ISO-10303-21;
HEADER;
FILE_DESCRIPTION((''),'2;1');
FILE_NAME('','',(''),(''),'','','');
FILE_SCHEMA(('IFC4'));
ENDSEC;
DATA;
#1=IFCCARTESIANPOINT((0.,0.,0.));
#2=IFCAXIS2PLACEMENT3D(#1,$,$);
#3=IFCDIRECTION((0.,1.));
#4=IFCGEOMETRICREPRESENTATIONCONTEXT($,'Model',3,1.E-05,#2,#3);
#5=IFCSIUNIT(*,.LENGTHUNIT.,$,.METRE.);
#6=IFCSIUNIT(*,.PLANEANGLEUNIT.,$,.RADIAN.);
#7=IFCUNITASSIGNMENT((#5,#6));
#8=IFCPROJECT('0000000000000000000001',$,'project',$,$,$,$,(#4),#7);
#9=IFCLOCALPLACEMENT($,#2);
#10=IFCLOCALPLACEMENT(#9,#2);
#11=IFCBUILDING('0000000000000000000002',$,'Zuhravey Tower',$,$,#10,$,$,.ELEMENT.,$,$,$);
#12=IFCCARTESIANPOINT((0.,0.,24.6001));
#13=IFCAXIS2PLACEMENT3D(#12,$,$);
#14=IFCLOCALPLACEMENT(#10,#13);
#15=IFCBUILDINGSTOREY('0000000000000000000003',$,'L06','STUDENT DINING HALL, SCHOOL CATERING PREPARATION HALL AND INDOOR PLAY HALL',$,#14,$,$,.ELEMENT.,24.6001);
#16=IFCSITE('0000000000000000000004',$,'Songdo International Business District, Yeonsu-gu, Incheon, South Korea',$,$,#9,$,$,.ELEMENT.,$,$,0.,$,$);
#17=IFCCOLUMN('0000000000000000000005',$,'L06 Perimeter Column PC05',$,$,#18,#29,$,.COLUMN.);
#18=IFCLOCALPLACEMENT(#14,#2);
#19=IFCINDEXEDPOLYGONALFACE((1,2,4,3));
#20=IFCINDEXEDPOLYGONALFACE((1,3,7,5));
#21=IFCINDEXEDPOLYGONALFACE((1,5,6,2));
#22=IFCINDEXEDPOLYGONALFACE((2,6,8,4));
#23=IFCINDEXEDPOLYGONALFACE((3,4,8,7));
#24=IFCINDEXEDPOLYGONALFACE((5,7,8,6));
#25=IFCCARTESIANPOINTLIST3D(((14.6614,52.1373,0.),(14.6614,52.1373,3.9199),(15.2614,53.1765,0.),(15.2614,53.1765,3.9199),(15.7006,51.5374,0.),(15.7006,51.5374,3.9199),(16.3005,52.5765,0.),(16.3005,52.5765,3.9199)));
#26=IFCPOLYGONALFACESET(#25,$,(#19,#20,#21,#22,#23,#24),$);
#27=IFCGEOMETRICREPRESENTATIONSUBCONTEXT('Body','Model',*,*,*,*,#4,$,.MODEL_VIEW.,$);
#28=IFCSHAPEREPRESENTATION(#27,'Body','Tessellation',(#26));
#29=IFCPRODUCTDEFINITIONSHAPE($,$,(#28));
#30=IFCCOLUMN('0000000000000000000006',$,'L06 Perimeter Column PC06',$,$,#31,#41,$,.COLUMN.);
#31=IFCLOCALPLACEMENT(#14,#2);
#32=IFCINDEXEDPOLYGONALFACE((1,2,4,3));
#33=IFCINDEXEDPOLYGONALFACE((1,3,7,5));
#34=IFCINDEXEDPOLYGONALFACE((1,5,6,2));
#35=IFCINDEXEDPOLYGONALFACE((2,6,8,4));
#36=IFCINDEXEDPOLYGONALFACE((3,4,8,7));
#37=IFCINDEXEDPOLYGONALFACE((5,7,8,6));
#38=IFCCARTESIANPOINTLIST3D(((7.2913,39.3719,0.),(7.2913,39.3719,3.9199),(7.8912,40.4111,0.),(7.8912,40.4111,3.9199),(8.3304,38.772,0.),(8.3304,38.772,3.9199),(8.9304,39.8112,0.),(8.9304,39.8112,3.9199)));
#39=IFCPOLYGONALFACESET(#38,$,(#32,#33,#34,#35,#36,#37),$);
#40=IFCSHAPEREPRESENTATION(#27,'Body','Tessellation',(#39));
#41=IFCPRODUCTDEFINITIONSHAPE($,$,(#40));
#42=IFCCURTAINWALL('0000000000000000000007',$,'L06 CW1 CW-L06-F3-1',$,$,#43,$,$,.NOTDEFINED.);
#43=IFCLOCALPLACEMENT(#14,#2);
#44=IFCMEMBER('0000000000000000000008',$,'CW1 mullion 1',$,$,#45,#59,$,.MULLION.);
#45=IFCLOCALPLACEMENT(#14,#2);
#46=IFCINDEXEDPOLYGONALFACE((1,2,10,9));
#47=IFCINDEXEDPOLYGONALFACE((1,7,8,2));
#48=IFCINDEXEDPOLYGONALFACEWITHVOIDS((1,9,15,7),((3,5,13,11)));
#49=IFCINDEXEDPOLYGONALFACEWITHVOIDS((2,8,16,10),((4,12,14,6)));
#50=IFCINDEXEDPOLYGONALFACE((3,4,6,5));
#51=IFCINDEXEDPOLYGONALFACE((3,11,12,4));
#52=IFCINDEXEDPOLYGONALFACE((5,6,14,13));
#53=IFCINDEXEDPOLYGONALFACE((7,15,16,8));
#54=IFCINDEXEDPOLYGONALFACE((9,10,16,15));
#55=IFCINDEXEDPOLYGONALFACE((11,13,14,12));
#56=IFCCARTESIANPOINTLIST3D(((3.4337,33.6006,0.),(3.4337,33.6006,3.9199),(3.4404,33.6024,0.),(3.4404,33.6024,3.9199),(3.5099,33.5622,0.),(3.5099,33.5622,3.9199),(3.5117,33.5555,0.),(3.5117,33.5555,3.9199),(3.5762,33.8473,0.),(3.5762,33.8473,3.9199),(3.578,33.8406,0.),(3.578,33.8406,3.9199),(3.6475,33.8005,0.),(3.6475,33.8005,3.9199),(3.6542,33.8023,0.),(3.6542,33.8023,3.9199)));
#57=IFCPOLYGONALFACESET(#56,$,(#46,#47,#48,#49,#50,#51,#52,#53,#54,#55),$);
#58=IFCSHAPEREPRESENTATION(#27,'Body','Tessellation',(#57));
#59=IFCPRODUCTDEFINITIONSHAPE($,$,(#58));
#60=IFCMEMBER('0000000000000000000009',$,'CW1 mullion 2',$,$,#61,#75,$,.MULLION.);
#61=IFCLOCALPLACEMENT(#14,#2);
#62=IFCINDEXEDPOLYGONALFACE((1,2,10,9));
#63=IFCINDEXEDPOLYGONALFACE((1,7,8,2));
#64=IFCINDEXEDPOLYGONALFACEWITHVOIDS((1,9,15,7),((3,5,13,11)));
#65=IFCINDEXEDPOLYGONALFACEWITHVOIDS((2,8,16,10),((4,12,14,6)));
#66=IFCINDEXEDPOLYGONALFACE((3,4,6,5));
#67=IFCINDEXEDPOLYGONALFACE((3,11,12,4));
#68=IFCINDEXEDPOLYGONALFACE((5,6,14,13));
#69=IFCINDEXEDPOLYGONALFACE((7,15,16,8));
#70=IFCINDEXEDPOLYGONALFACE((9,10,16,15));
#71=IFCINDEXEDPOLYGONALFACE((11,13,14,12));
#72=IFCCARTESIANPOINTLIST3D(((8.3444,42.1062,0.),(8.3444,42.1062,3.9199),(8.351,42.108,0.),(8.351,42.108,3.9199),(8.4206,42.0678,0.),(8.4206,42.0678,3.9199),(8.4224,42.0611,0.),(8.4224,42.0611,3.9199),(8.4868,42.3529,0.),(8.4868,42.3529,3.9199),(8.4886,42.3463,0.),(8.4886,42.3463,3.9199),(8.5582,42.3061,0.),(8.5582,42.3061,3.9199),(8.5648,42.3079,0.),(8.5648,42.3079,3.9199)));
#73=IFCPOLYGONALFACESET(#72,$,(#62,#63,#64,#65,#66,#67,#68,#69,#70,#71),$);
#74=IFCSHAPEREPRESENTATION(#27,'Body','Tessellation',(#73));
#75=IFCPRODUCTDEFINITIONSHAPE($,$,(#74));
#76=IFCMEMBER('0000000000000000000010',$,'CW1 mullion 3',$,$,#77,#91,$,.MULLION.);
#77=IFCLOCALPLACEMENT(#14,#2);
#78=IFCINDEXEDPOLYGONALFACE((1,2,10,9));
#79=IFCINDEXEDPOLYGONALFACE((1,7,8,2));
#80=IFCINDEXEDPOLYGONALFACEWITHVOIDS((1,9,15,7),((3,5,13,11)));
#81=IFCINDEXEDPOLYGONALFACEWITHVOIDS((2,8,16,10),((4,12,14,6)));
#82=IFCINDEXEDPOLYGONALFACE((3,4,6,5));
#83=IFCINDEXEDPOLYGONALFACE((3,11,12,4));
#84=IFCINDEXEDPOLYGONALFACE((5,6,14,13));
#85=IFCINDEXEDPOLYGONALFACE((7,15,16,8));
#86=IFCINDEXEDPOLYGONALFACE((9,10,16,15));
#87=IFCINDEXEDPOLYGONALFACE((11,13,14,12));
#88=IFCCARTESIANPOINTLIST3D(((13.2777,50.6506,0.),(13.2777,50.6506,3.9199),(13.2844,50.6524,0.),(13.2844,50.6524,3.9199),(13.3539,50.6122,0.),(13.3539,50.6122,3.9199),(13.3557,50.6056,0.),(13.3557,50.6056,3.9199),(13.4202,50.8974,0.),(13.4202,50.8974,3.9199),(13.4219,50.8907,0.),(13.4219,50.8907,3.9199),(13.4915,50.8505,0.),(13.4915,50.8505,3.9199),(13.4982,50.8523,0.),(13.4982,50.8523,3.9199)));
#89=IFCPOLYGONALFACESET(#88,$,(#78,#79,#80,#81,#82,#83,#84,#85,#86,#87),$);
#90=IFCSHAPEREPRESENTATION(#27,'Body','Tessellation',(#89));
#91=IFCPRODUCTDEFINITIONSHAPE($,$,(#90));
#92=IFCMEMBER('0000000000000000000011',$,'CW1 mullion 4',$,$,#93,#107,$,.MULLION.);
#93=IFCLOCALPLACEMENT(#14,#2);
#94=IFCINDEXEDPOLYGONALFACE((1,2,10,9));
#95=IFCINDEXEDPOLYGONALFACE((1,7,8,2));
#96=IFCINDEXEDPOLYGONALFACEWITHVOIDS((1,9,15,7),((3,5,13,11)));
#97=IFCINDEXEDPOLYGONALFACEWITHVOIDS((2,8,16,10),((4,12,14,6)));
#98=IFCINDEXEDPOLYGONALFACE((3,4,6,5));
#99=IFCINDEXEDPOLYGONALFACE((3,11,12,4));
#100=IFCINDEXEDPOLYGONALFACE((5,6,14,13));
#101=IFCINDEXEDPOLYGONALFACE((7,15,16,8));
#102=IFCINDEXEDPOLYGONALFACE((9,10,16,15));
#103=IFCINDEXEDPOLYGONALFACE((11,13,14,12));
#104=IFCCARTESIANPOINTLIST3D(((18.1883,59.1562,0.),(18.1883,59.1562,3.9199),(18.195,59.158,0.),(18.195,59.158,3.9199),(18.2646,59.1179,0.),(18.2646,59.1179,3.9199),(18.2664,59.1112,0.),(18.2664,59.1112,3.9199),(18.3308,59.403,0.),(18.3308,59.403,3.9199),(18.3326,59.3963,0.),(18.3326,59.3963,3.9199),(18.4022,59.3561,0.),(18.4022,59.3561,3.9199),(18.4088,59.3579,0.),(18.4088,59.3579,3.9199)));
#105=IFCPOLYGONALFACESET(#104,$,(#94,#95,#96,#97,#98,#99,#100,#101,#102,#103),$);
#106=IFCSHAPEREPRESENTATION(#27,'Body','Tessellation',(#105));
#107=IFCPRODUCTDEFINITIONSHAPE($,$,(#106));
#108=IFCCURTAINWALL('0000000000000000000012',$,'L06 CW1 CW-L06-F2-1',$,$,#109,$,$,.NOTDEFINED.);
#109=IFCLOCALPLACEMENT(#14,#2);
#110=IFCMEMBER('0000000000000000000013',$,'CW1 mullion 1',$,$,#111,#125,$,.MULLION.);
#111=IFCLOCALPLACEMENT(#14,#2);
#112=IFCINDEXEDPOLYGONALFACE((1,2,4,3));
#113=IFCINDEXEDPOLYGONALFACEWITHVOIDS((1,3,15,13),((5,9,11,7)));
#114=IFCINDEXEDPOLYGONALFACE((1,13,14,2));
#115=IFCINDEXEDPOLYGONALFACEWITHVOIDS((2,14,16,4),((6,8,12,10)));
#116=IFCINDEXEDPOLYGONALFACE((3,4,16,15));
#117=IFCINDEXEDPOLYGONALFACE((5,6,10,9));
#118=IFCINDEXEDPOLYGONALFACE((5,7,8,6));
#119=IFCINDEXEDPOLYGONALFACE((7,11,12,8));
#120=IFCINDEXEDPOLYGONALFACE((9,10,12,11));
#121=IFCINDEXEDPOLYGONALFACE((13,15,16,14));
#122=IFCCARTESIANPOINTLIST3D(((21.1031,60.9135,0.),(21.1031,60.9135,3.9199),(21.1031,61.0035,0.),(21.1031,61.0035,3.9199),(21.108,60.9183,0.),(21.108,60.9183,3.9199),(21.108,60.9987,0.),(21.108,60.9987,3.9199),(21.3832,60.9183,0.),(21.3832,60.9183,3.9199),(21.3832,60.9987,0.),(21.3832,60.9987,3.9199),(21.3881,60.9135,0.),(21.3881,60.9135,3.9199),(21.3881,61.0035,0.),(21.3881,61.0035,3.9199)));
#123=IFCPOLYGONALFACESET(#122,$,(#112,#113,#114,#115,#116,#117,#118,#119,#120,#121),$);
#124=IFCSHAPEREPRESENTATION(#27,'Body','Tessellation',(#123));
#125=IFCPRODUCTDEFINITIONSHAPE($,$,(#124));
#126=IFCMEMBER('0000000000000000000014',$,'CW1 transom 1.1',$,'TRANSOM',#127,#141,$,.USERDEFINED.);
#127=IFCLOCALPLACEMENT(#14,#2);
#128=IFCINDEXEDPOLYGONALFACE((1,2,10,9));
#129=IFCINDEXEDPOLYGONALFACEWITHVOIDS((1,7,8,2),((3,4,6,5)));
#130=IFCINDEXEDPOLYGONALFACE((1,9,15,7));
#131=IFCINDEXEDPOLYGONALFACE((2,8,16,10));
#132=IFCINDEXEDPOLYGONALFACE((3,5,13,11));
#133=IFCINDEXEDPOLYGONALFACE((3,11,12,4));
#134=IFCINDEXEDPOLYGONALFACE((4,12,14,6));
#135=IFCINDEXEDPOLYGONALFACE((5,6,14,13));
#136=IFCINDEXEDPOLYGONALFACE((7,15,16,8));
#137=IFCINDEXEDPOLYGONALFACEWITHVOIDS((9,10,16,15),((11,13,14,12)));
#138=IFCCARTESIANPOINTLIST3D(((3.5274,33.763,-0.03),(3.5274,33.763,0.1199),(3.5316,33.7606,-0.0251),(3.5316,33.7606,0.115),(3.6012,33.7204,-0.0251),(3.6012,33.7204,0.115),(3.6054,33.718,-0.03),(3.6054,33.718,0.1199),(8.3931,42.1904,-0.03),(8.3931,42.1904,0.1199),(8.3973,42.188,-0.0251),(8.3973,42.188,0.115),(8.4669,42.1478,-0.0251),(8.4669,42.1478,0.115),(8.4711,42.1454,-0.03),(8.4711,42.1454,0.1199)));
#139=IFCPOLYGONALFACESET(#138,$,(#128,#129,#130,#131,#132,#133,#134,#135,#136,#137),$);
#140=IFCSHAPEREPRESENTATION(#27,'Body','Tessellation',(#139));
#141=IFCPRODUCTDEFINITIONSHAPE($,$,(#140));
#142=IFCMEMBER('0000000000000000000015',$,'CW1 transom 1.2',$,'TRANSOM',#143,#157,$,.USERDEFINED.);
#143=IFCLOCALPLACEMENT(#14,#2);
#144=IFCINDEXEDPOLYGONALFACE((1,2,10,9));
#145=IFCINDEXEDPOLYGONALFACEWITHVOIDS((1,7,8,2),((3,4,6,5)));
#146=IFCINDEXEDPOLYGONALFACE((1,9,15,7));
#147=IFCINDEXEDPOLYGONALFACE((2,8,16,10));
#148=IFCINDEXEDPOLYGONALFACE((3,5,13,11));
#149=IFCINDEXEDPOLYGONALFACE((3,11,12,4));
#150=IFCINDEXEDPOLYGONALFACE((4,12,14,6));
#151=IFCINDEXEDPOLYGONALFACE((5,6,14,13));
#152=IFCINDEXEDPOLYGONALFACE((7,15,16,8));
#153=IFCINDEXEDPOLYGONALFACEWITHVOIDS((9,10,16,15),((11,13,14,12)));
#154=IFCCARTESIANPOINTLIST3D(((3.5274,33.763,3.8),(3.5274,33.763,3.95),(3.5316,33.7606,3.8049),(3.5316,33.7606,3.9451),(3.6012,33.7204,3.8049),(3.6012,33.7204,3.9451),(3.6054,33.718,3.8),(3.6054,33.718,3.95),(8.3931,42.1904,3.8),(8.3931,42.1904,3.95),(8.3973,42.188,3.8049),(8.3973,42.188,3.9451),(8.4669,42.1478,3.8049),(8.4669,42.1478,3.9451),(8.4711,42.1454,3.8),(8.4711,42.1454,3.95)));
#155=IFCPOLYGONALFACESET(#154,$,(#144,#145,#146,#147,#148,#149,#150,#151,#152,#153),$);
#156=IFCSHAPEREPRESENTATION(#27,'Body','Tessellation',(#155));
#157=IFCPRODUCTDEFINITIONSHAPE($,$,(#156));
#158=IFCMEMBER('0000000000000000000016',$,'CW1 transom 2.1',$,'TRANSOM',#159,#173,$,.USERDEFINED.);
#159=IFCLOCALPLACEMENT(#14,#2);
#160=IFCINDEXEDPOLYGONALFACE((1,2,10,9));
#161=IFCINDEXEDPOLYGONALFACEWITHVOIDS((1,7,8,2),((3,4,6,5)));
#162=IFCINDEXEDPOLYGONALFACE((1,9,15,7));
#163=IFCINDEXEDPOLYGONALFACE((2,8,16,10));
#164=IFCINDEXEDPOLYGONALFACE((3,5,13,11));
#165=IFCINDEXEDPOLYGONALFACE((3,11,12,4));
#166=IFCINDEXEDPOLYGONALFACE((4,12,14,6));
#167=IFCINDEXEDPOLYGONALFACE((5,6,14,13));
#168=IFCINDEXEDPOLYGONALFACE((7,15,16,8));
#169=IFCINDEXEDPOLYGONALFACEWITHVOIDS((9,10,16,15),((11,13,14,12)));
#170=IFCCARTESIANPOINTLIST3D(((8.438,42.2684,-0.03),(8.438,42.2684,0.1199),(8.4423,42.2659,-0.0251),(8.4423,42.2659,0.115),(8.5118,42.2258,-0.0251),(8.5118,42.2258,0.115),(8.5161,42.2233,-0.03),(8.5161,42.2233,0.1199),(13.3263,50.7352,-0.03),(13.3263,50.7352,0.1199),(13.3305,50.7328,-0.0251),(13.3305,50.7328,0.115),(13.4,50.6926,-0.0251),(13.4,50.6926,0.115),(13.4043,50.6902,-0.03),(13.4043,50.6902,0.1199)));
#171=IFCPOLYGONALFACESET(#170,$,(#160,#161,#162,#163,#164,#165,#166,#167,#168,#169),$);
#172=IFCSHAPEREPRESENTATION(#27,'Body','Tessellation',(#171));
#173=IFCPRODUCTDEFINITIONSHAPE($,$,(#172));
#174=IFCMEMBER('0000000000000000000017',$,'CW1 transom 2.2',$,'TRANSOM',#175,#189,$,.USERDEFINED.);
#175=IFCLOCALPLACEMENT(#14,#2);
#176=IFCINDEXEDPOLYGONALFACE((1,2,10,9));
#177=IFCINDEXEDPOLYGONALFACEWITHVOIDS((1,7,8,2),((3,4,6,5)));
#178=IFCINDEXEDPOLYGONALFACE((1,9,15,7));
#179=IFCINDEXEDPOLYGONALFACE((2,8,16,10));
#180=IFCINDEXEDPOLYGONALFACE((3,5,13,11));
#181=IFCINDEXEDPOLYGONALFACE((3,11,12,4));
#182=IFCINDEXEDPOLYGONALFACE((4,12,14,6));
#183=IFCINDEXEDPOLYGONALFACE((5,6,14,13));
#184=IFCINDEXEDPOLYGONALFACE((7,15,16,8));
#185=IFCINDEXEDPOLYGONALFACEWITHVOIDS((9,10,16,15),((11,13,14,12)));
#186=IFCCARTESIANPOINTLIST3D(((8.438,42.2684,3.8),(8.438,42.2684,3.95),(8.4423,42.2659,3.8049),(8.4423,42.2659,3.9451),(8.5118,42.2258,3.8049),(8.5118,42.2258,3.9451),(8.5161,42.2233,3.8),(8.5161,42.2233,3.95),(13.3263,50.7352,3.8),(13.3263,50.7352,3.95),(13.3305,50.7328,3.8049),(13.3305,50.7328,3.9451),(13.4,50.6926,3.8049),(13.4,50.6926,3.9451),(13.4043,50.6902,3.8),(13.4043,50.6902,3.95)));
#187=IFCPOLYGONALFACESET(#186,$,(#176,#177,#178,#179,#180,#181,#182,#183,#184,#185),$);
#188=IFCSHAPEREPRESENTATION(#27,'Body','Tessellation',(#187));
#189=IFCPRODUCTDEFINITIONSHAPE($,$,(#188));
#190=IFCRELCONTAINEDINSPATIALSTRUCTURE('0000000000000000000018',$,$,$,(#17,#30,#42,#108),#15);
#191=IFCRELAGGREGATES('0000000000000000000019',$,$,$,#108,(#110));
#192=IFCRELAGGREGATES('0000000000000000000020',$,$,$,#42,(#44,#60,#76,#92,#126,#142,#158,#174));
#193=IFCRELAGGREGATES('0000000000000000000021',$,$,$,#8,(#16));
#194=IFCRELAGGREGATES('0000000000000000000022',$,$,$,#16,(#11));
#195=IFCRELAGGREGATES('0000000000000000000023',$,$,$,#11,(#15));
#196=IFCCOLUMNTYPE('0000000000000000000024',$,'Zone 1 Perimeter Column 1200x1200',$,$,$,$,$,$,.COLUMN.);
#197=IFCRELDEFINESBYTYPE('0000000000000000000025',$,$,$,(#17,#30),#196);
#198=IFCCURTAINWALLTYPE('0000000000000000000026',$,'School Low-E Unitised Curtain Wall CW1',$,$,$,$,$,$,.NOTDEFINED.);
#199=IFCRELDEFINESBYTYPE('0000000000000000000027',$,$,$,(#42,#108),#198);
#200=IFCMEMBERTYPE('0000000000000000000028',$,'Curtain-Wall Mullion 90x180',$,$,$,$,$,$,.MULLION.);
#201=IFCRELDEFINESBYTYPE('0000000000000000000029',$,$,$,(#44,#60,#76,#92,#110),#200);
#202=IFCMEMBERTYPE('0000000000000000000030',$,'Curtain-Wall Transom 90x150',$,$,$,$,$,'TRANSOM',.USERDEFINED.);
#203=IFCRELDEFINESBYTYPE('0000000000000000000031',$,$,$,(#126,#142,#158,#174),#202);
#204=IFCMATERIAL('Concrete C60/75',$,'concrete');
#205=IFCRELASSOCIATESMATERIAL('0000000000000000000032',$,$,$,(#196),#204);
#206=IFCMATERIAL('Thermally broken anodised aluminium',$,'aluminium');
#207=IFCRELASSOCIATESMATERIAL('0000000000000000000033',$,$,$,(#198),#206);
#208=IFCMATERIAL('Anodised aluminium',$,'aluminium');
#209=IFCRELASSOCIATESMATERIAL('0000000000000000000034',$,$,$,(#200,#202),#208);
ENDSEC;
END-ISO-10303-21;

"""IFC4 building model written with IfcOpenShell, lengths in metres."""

from ifc_helpers import new_model, si_unit, direction, frame, origin, origin_2d, place, context, subcontext, project, spatial, rectangle, hollow_rectangle, extrude, material, material_profile, profile_set, type_object, element, aggregate, save


model = new_model("IFC4")

# Units and contexts
model_context = context("Model", 3, precision=1e-05, world=origin(), true_north=direction((0.0, 1.0)))
body_context = subcontext(model_context, "Body", "Model", "MODEL_VIEW")
ifc_project = project(units=[si_unit("LENGTHUNIT", "METRE"), si_unit("PLANEANGLEUNIT", "RADIAN")], contexts=[model_context])

# Site, building, storey
site_placement = place(None, origin())
site = spatial("IfcSite", under=ifc_project, at=site_placement, Name="Songdo International Business District, Yeonsu-gu, Incheon, South Korea", CompositionType="ELEMENT", RefElevation=0.0)
building_placement = place(site_placement, origin())
building = spatial("IfcBuilding", under=site, at=building_placement, Name="Zuhravey Tower", CompositionType="ELEMENT")
storey_placement = place(building_placement, frame((0.0, 0.0, 24.6001)))
storey = spatial("IfcBuildingStorey", under=building, at=storey_placement, Name="L06", Description="STUDENT DINING HALL, SCHOOL CATERING PREPARATION HALL AND INDOOR PLAY HALL", CompositionType="ELEMENT", Elevation=24.6001)

# Columns
ifc_material_1 = material(Name="Concrete C60/75", Category="concrete")
ifc_material_profile_1 = material_profile(ifc_material_1, rectangle(XDim=1.2, YDim=1.2, at=origin_2d()), Name="RC-1200x1200")
ifc_profile_set_1 = profile_set([ifc_material_profile_1], Name="Concrete C60/75")
column_type = type_object("IfcColumnType", Name="Zone 1 Perimeter Column 1200x1200", PredefinedType="COLUMN", material=ifc_profile_set_1)
for number, where, z_axis, x_axis, name in (
    (1, (15.481, 52.3569, 0.0), (0.0, 0.0, 1.0), (-0.5, -0.866025, 0.0), "L06 Perimeter Column PC05"),
    (2, (8.1108, 39.5916, 0.0), (0.0, 0.0, 1.0), (-0.5, -0.866025, 0.0), "L06 Perimeter Column PC06"),
):
    element("IfcColumn", number, at=place(storey_placement, frame(where, z_axis=z_axis, x_axis=x_axis)), inside=storey, type_object=column_type, Name=name, PredefinedType="COLUMN", context=body_context, shape_type="SweptSolid", body=[
        extrude(rectangle(XDim=1.2, YDim=1.2, at=origin_2d()), origin(), (0.0, 0.0, 1.0), 3.9199),
    ])

# Curtain wall, members
ifc_material_2 = material(Name="Thermally broken anodised aluminium", Category="aluminium")
curtain_wall_type = type_object("IfcCurtainWallType", Name="School Low-E Unitised Curtain Wall CW1", PredefinedType="NOTDEFINED", material=ifc_material_2)
curtain_wall_1_placement = place(storey_placement, origin())
curtain_wall_1 = element("IfcCurtainWall", 3, at=curtain_wall_1_placement, inside=storey, type_object=curtain_wall_type, Name="L06 CW1 CW-L06-F3-1", PredefinedType="NOTDEFINED")
ifc_material_3 = material(Name="Anodised aluminium", Category="aluminium")
ifc_material_profile_2 = material_profile(ifc_material_3, hollow_rectangle(XDim=0.0901, YDim=0.2849, WallThickness=0.0049, at=origin_2d()), Name="ALU-RHS-90x285x5")
ifc_profile_set_2 = profile_set([ifc_material_profile_2], Name="Anodised aluminium")
member_type_1 = type_object("IfcMemberType", Name="Curtain-Wall Mullion 90x180", PredefinedType="MULLION", material=ifc_profile_set_2)
member_1_placement = place(storey_placement, frame((3.5439, 33.7014, 0.0), z_axis=(0.0, 0.0, 1.0), x_axis=(-0.866026, 0.5, 0.0)))
member_1 = element("IfcMember", 4, at=member_1_placement, type_object=member_type_1, Name="CW1 mullion 1", PredefinedType="MULLION", context=body_context, shape_type="SweptSolid", body=[
    extrude(hollow_rectangle(XDim=0.0901, YDim=0.2849, WallThickness=0.0049, at=origin_2d()), origin(), (0.0, 0.0, 1.0), 3.9199),
])
member_2_placement = place(storey_placement, frame((8.4546, 42.207, 0.0), z_axis=(0.0, 0.0, 1.0), x_axis=(-0.866026, 0.5, 0.0)))
member_2 = element("IfcMember", 5, at=member_2_placement, type_object=member_type_1, Name="CW1 mullion 2", PredefinedType="MULLION", context=body_context, shape_type="SweptSolid", body=[
    extrude(hollow_rectangle(XDim=0.0901, YDim=0.2849, WallThickness=0.0049, at=origin_2d()), origin(), (0.0, 0.0, 1.0), 3.9199),
])
member_3_placement = place(storey_placement, frame((13.3879, 50.7515, 0.0), z_axis=(0.0, 0.0, 1.0), x_axis=(-0.866026, 0.5, 0.0)))
member_3 = element("IfcMember", 6, at=member_3_placement, type_object=member_type_1, Name="CW1 mullion 3", PredefinedType="MULLION", context=body_context, shape_type="SweptSolid", body=[
    extrude(hollow_rectangle(XDim=0.0901, YDim=0.2849, WallThickness=0.0049, at=origin_2d()), origin(), (0.0, 0.0, 1.0), 3.9199),
])
member_4_placement = place(storey_placement, frame((18.2986, 59.2571, 0.0), z_axis=(0.0, 0.0, 1.0), x_axis=(-0.866026, 0.5, 0.0)))
member_4 = element("IfcMember", 7, at=member_4_placement, type_object=member_type_1, Name="CW1 mullion 4", PredefinedType="MULLION", context=body_context, shape_type="SweptSolid", body=[
    extrude(hollow_rectangle(XDim=0.0901, YDim=0.2849, WallThickness=0.0049, at=origin_2d()), origin(), (0.0, 0.0, 1.0), 3.9199),
])

# Curtain wall, member
curtain_wall_2_placement = place(storey_placement, origin())
curtain_wall_2 = element("IfcCurtainWall", 8, at=curtain_wall_2_placement, inside=storey, type_object=curtain_wall_type, Name="L06 CW1 CW-L06-F2-1", PredefinedType="NOTDEFINED")
member_5_placement = place(storey_placement, frame((21.2456, 60.9585, 0.0), z_axis=(0.0, 0.0, 1.0), x_axis=(0.0, 1.0, 0.0)))
member_5 = element("IfcMember", 9, at=member_5_placement, type_object=member_type_1, Name="CW1 mullion 1", PredefinedType="MULLION", context=body_context, shape_type="SweptSolid", body=[
    extrude(hollow_rectangle(XDim=0.0901, YDim=0.2849, WallThickness=0.0049, at=origin_2d()), origin(), (0.0, 0.0, 1.0), 3.9199),
])

# Members
ifc_material_profile_3 = material_profile(ifc_material_3, hollow_rectangle(XDim=0.0901, YDim=0.1499, WallThickness=0.0049, at=origin_2d()), Name="ALU-RHS-90x150x5")
ifc_profile_set_3 = profile_set([ifc_material_profile_3], Name="Anodised aluminium")
member_type_2 = type_object("IfcMemberType", Name="Curtain-Wall Transom 90x150", ElementType="TRANSOM", PredefinedType="USERDEFINED", material=ifc_profile_set_3)
member_6_placement = place(storey_placement, frame((3.5664, 33.7405, 0.0449), z_axis=(0.500008, 0.866021, 0.0), x_axis=(-0.866021, 0.500008, 0.0)))
member_6 = element("IfcMember", 10, at=member_6_placement, type_object=member_type_2, Name="CW1 transom 1.1", ObjectType="TRANSOM", PredefinedType="USERDEFINED", context=body_context, shape_type="SweptSolid", body=[
    extrude(hollow_rectangle(XDim=0.0901, YDim=0.1499, WallThickness=0.0049, at=origin_2d()), origin(), (0.0, 0.0, 1.0), 9.7312),
])
member_7_placement = place(storey_placement, frame((3.5664, 33.7405, 3.875), z_axis=(0.500008, 0.866021, 0.0), x_axis=(-0.866021, 0.500008, 0.0)))
member_7 = element("IfcMember", 11, at=member_7_placement, type_object=member_type_2, Name="CW1 transom 1.2", ObjectType="TRANSOM", PredefinedType="USERDEFINED", context=body_context, shape_type="SweptSolid", body=[
    extrude(hollow_rectangle(XDim=0.0901, YDim=0.1499, WallThickness=0.0049, at=origin_2d()), origin(), (0.0, 0.0, 1.0), 9.7312),
])
member_8_placement = place(storey_placement, frame((8.4771, 42.2458, 0.0449), z_axis=(0.49999, 0.866031, 0.0), x_axis=(-0.866031, 0.49999, 0.0)))
member_8 = element("IfcMember", 12, at=member_8_placement, type_object=member_type_2, Name="CW1 transom 2.1", ObjectType="TRANSOM", PredefinedType="USERDEFINED", context=body_context, shape_type="SweptSolid", body=[
    extrude(hollow_rectangle(XDim=0.0901, YDim=0.1499, WallThickness=0.0049, at=origin_2d()), origin(), (0.0, 0.0, 1.0), 9.7766),
])
member_9_placement = place(storey_placement, frame((8.4771, 42.2458, 3.875), z_axis=(0.49999, 0.866031, 0.0), x_axis=(-0.866031, 0.49999, 0.0)))
member_9 = element("IfcMember", 13, at=member_9_placement, type_object=member_type_2, Name="CW1 transom 2.2", ObjectType="TRANSOM", PredefinedType="USERDEFINED", context=body_context, shape_type="SweptSolid", body=[
    extrude(hollow_rectangle(XDim=0.0901, YDim=0.1499, WallThickness=0.0049, at=origin_2d()), origin(), (0.0, 0.0, 1.0), 9.7766),
])
aggregate(curtain_wall_2, [member_5])

aggregate(curtain_wall_1, [member_1, member_2, member_3, member_4, member_6, member_7, member_8, member_9])

save(model, "model.ifc")
